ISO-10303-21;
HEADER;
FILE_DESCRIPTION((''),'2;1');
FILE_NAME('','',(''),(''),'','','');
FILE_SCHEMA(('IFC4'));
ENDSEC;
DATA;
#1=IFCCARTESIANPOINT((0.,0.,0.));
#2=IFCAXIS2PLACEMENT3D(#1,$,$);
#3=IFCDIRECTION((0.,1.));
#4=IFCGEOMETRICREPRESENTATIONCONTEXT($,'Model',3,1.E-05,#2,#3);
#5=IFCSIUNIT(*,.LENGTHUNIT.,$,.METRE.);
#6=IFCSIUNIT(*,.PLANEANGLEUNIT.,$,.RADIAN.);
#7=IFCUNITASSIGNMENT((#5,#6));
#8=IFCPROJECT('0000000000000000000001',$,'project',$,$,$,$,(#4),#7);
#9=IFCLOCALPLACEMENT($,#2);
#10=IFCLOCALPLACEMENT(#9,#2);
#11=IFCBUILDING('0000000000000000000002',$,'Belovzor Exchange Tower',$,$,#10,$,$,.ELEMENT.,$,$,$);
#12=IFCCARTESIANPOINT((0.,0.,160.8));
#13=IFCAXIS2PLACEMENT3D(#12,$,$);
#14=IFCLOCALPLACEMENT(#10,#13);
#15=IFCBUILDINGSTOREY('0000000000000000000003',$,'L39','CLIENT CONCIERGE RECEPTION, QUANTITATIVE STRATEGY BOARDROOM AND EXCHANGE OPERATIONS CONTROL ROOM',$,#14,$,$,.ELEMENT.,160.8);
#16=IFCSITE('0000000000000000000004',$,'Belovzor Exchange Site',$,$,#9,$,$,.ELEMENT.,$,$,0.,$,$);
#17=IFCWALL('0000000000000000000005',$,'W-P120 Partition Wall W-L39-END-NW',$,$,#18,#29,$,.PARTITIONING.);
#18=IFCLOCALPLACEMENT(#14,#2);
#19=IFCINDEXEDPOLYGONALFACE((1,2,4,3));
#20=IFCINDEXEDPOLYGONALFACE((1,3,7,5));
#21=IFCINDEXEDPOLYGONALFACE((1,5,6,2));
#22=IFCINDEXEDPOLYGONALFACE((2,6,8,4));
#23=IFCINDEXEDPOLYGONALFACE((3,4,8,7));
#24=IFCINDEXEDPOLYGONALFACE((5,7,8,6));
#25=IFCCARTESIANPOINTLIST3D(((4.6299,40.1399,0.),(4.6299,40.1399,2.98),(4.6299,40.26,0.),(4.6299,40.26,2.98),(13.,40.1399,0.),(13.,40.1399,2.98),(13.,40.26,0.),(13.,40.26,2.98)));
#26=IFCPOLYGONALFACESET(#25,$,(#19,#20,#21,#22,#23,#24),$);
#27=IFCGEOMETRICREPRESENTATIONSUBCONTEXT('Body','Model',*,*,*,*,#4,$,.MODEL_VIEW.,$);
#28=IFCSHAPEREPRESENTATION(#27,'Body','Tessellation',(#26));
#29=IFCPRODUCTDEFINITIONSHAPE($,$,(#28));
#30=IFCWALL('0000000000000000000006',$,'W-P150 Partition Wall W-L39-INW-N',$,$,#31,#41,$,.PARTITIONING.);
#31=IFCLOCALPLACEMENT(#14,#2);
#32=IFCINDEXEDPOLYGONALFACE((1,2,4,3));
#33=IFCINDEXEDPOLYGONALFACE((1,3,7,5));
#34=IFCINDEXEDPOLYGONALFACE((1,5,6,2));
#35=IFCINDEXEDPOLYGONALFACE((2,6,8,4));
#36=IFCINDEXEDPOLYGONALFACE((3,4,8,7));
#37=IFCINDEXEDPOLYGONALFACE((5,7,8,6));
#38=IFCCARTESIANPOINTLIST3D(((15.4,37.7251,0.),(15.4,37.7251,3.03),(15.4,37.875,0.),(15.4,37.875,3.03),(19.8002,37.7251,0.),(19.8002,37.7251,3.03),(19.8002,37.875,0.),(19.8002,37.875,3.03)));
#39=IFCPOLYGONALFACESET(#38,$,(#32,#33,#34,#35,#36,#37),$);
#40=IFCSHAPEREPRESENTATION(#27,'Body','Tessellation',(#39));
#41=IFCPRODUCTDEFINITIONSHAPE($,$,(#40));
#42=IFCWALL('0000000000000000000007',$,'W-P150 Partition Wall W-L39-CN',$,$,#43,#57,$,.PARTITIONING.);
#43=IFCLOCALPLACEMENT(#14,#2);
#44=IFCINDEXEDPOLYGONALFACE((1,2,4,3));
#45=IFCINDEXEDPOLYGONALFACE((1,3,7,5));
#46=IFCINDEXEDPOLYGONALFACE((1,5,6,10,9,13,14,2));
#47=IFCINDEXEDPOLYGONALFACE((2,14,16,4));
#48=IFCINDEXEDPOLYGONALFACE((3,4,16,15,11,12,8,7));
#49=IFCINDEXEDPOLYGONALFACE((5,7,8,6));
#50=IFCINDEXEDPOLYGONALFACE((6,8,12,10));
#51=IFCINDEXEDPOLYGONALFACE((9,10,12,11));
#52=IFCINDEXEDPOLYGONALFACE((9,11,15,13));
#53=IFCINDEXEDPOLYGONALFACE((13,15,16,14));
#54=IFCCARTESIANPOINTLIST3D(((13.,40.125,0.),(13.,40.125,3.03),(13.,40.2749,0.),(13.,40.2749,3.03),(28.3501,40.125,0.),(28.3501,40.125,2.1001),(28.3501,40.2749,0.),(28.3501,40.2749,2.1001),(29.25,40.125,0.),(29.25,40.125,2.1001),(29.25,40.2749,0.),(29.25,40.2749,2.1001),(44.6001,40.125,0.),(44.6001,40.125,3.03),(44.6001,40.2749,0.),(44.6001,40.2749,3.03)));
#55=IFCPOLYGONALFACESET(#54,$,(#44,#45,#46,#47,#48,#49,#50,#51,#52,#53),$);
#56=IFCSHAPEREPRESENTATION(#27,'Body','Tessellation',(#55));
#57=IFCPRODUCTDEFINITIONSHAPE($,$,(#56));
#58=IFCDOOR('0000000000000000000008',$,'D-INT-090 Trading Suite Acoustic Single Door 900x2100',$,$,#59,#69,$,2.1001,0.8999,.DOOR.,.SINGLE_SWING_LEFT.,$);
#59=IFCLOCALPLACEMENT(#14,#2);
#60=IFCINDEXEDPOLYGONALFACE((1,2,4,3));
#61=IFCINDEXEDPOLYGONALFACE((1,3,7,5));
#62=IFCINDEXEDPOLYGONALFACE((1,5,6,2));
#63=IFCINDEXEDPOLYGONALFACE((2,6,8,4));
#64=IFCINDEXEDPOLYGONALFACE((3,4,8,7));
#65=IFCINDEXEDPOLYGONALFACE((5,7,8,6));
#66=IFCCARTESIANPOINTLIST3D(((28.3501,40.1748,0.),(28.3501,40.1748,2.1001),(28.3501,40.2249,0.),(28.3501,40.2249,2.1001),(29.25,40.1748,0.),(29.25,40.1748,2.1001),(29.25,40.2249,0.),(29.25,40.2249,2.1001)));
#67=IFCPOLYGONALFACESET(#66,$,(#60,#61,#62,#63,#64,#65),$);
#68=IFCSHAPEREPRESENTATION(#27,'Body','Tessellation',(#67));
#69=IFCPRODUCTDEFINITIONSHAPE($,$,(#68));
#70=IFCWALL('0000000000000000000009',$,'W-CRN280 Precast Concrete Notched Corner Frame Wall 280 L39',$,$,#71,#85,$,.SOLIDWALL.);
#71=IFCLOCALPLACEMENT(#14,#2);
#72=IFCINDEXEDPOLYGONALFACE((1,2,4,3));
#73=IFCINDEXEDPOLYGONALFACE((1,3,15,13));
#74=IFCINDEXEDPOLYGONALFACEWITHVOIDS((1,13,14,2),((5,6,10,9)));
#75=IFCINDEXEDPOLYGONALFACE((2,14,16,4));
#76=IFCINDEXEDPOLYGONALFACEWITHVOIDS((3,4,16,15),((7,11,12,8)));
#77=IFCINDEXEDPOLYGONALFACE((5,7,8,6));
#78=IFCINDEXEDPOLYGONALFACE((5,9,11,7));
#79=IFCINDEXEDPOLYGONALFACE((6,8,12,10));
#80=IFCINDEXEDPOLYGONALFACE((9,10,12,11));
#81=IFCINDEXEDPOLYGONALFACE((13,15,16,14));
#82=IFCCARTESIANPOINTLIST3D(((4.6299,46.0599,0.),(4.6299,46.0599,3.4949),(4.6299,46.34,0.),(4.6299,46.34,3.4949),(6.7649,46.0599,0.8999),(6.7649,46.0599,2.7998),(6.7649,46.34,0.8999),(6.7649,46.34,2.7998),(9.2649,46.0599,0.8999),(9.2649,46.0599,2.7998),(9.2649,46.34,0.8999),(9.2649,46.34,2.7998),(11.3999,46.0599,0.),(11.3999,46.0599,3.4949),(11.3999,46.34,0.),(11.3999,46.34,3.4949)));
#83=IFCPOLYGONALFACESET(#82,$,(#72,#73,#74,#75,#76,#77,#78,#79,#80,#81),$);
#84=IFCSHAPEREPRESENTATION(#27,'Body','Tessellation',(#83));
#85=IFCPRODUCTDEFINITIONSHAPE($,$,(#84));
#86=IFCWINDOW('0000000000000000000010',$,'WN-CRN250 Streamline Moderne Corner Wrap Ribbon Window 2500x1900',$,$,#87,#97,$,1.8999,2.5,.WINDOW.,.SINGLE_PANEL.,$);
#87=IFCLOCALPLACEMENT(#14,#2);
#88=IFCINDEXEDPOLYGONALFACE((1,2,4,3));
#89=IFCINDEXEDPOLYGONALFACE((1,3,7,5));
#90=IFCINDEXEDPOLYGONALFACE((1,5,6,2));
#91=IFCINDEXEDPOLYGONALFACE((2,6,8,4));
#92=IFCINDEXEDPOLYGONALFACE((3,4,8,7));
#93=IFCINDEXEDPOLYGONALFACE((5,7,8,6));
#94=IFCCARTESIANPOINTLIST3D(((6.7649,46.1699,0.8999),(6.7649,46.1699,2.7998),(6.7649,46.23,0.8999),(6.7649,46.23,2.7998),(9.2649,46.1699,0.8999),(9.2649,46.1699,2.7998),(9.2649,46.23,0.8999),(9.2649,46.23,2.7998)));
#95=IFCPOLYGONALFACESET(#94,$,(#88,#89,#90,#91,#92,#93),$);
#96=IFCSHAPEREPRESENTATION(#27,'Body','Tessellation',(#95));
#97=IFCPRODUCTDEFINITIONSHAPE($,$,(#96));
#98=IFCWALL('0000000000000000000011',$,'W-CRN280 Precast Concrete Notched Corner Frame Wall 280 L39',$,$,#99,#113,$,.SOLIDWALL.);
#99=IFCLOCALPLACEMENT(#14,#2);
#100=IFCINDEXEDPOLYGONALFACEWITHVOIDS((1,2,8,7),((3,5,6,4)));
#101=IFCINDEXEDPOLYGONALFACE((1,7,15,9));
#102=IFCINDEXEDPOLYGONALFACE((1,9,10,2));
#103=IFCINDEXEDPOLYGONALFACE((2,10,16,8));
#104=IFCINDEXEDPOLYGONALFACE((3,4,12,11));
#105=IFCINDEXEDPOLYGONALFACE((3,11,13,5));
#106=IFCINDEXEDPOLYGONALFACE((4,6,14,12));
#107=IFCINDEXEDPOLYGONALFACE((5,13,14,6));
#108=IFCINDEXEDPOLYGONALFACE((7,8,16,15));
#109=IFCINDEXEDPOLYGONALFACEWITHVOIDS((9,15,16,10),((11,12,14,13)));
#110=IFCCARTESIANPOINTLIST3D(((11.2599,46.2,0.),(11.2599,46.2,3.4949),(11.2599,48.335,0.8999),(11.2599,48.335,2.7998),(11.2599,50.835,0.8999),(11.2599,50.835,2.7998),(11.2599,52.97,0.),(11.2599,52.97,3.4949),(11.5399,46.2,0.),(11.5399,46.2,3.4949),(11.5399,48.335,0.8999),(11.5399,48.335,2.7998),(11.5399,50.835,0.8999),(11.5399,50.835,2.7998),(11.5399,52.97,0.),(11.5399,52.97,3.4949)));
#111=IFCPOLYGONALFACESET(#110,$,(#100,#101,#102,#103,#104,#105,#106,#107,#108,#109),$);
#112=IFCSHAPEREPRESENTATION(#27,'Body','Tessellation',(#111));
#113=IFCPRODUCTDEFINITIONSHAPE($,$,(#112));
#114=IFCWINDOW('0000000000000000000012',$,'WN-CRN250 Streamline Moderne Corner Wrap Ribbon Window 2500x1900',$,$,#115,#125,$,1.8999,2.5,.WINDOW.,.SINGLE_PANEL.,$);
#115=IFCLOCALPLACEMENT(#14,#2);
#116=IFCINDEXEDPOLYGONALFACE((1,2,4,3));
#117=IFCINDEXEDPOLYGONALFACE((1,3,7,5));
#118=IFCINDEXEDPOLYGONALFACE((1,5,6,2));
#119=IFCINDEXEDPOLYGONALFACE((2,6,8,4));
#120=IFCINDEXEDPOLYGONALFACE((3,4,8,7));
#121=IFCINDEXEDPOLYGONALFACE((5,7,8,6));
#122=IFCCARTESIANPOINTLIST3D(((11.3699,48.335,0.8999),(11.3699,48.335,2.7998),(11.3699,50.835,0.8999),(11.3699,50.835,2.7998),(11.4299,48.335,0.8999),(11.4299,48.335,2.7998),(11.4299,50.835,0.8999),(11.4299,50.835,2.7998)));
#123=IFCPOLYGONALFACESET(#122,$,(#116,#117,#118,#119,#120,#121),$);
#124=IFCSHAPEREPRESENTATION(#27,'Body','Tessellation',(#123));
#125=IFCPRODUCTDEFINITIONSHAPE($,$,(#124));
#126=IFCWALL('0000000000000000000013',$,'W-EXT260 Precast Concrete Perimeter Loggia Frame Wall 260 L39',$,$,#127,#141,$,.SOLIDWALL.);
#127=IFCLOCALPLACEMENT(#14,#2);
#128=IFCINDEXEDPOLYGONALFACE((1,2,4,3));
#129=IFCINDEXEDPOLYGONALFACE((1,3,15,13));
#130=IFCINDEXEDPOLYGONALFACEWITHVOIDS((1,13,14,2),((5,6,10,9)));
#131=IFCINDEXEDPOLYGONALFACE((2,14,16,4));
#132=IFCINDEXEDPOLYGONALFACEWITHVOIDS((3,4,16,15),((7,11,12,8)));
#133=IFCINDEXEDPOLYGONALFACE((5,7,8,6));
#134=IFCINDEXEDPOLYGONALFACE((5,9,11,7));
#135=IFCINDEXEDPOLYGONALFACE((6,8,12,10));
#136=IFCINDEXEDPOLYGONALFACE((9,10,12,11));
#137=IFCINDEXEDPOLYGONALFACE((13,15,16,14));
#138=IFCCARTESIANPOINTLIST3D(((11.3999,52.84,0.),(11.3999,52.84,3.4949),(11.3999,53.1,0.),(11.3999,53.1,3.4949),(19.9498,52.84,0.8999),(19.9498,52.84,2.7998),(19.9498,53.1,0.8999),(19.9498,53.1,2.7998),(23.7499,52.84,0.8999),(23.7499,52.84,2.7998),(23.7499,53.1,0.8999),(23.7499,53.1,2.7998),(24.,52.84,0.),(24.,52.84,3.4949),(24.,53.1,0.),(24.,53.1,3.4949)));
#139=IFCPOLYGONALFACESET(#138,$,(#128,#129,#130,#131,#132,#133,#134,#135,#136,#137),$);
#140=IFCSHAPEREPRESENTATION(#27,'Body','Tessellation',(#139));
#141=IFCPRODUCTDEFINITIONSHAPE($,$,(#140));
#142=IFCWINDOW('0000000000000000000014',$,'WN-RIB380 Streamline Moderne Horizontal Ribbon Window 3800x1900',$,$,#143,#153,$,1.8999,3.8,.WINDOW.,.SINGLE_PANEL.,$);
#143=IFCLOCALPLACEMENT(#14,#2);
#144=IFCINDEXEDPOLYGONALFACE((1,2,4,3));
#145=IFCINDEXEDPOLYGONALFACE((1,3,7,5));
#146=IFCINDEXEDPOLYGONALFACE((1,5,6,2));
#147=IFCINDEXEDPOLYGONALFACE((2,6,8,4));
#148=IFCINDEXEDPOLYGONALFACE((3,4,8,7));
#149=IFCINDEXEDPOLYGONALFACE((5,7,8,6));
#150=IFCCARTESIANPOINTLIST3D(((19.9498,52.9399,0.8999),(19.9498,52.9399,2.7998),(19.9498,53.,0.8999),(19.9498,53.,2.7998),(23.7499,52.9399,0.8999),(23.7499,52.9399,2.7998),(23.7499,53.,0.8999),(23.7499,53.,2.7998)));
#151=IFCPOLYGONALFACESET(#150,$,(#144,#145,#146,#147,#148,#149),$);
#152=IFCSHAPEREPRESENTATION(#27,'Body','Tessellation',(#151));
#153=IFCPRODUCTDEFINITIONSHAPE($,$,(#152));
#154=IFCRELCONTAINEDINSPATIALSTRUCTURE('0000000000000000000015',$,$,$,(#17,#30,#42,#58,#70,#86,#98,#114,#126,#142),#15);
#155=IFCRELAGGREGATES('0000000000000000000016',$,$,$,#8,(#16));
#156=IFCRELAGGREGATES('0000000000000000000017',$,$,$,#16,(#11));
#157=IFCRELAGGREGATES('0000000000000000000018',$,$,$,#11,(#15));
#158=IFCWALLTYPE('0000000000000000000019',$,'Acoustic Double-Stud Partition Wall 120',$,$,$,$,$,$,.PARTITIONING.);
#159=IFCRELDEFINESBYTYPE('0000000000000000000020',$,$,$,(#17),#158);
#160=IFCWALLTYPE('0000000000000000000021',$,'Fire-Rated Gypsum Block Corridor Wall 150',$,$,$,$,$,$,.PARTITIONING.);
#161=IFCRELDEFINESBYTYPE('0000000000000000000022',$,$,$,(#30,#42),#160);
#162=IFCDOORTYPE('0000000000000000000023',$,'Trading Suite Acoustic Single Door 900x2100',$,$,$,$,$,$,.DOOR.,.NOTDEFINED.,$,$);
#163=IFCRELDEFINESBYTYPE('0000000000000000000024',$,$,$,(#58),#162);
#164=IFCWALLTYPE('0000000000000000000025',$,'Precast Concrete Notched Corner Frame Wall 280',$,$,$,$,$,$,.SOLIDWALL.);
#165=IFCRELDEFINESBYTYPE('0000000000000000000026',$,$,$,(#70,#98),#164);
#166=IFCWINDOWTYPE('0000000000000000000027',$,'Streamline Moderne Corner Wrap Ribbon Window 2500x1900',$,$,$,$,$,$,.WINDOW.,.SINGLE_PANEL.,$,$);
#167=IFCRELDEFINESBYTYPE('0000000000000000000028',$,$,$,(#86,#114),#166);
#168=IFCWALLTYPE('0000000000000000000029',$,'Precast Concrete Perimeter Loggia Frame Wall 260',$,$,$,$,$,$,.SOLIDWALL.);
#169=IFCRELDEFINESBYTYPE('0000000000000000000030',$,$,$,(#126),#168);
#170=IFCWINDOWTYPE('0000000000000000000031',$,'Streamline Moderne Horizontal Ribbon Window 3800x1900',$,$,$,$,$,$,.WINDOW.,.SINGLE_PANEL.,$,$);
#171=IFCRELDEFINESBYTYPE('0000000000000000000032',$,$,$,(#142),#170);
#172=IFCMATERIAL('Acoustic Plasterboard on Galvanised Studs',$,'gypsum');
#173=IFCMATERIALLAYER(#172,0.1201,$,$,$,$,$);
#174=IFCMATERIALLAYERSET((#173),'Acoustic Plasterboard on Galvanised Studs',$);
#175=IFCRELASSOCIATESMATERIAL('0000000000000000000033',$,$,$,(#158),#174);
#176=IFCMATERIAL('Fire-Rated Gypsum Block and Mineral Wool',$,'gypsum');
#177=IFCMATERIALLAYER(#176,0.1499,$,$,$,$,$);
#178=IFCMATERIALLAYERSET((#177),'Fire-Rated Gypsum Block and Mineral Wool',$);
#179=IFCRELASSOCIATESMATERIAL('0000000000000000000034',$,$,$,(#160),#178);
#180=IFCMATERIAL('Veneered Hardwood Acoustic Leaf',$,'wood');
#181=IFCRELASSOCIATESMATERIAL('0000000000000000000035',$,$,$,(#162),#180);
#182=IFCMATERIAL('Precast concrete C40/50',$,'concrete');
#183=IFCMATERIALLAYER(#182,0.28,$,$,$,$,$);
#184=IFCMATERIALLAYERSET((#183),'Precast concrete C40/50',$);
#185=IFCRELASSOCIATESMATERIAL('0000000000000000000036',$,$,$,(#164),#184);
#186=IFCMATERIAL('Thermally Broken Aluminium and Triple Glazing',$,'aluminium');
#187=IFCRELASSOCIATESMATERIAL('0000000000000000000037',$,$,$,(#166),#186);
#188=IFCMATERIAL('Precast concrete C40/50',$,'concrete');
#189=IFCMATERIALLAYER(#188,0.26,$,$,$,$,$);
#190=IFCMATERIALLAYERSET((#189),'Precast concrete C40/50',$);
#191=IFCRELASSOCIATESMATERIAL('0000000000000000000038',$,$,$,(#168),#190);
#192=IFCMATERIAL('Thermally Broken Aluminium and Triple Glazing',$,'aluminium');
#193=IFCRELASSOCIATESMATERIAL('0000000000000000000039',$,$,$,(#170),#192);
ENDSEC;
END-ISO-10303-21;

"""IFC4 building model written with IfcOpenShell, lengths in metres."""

from ifc_helpers import new_model, si_unit, direction, frame, frame_2d, origin, place, context, subcontext, project, spatial, rectangle, extrude, material, layer, layer_set, type_object, element, fill, save


model = new_model("IFC4")

# Units and contexts
model_context = context("Model", 3, precision=1e-05, world=origin(), true_north=direction((0.0, 1.0)))
body_context = subcontext(model_context, "Body", "Model", "MODEL_VIEW")
ifc_project = project(units=[si_unit("LENGTHUNIT", "METRE"), si_unit("PLANEANGLEUNIT", "RADIAN")], contexts=[model_context])

# Site, building, storey
site_placement = place(None, origin())
site = spatial("IfcSite", under=ifc_project, at=site_placement, Name="Belovzor Exchange Site", CompositionType="ELEMENT", RefElevation=0.0)
building_placement = place(site_placement, origin())
building = spatial("IfcBuilding", under=site, at=building_placement, Name="Belovzor Exchange Tower", CompositionType="ELEMENT")
storey_placement = place(building_placement, frame((0.0, 0.0, 160.8)))
storey = spatial("IfcBuildingStorey", under=building, at=storey_placement, Name="L39", Description="CLIENT CONCIERGE RECEPTION, QUANTITATIVE STRATEGY BOARDROOM AND EXCHANGE OPERATIONS CONTROL ROOM", CompositionType="ELEMENT", Elevation=160.8)

# Walls
ifc_material_1 = material(Name="Acoustic Plasterboard on Galvanised Studs", Category="gypsum")
ifc_layer_1 = layer(ifc_material_1, 0.1201)
ifc_layer_set_1 = layer_set([ifc_layer_1], Name="Acoustic Plasterboard on Galvanised Studs")
wall_type_1 = type_object("IfcWallType", Name="Acoustic Double-Stud Partition Wall 120", PredefinedType="PARTITIONING", material=ifc_layer_set_1)
wall_1_placement = place(storey_placement, frame((4.6299, 40.2, 0.0), z_axis=(0.0, 0.0, 1.0), x_axis=(1.0, 0.0, 0.0)))
element("IfcWall", 1, at=wall_1_placement, inside=storey, type_object=wall_type_1, Name="W-P120 Partition Wall W-L39-END-NW", PredefinedType="PARTITIONING", context=body_context, shape_type="SweptSolid", body=[
    extrude(rectangle(XDim=8.3701, YDim=0.1201, at=frame_2d((4.1851, 0.0))), origin(), (0.0, 0.0, 1.0), 2.98),
])
ifc_material_2 = material(Name="Fire-Rated Gypsum Block and Mineral Wool", Category="gypsum")
ifc_layer_2 = layer(ifc_material_2, 0.1499)
ifc_layer_set_2 = layer_set([ifc_layer_2], Name="Fire-Rated Gypsum Block and Mineral Wool")
wall_type_2 = type_object("IfcWallType", Name="Fire-Rated Gypsum Block Corridor Wall 150", PredefinedType="PARTITIONING", material=ifc_layer_set_2)
wall_2_placement = place(storey_placement, frame((15.3999, 37.8, 0.0), z_axis=(0.0, 0.0, 1.0), x_axis=(1.0, 0.0, 0.0)))
element("IfcWall", 2, at=wall_2_placement, inside=storey, type_object=wall_type_2, Name="W-P150 Partition Wall W-L39-INW-N", PredefinedType="PARTITIONING", context=body_context, shape_type="SweptSolid", body=[
    extrude(rectangle(XDim=4.4001, YDim=0.1499, at=frame_2d((2.2002, 0.0))), origin(), (0.0, 0.0, 1.0), 3.03),
])

# Wall, opening, door
wall_3_placement = place(storey_placement, frame((13.0, 40.2, 0.0), z_axis=(0.0, 0.0, 1.0), x_axis=(1.0, 0.0, 0.0)))
wall_3 = element("IfcWall", 3, at=wall_3_placement, inside=storey, type_object=wall_type_2, Name="W-P150 Partition Wall W-L39-CN", PredefinedType="PARTITIONING", context=body_context, shape_type="SweptSolid", body=[
    extrude(rectangle(XDim=31.6001, YDim=0.1499, at=frame_2d((15.8, 0.0))), origin(), (0.0, 0.0, 1.0), 3.03),
])
opening_1_placement = place(wall_3_placement, frame((15.3501, 0.0, 0.0)))
opening_1 = element("IfcOpeningElement", 4, at=opening_1_placement, cuts=wall_3, PredefinedType="OPENING", context=body_context, shape_type="SweptSolid", body=[
    extrude(rectangle(XDim=0.8999, YDim=2.1001, at=frame_2d((0.45, 1.05))), frame((0.0, 0.085, 0.0), z_axis=(0.0, -1.0, 0.0), x_axis=(1.0, 0.0, 0.0)), (0.0, 0.0, 1.0), 0.1699),
])
ifc_material_3 = material(Name="Veneered Hardwood Acoustic Leaf", Category="wood")
door_type = type_object("IfcDoorType", Name="Trading Suite Acoustic Single Door 900x2100", OperationType="NOTDEFINED", PredefinedType="DOOR", material=ifc_material_3)
door_placement = place(opening_1_placement, origin())
door = element("IfcDoor", 5, at=door_placement, inside=storey, type_object=door_type, Name="D-INT-090 Trading Suite Acoustic Single Door 900x2100", OperationType="SINGLE_SWING_LEFT", OverallHeight=2.1001, OverallWidth=0.8999, PredefinedType="DOOR", context=body_context, shape_type="SweptSolid", body=[
    extrude(rectangle(XDim=0.8999, YDim=2.1001, at=frame_2d((0.45, 1.05))), frame((0.0, 0.0249, 0.0), z_axis=(0.0, -1.0, 0.0), x_axis=(1.0, 0.0, 0.0)), (0.0, 0.0, 1.0), 0.05),
])
fill(opening_1, door)

# Walls, openings, windows
ifc_material_4 = material(Name="Precast concrete C40/50", Category="concrete")
ifc_layer_3 = layer(ifc_material_4, 0.28)
ifc_layer_set_3 = layer_set([ifc_layer_3], Name="Precast concrete C40/50")
wall_type_3 = type_object("IfcWallType", Name="Precast Concrete Notched Corner Frame Wall 280", PredefinedType="SOLIDWALL", material=ifc_layer_set_3)
wall_4_placement = place(storey_placement, frame((4.6299, 46.2, 0.0), z_axis=(0.0, 0.0, 1.0), x_axis=(1.0, 0.0, 0.0)))
wall_4 = element("IfcWall", 6, at=wall_4_placement, inside=storey, type_object=wall_type_3, Name="W-CRN280 Precast Concrete Notched Corner Frame Wall 280 L39", PredefinedType="SOLIDWALL", context=body_context, shape_type="SweptSolid", body=[
    extrude(rectangle(XDim=6.77, YDim=0.28, at=frame_2d((3.385, 0.0))), origin(), (0.0, 0.0, 1.0), 3.4949),
])
opening_2_placement = place(wall_4_placement, frame((2.135, 0.0, 0.8999)))
opening_2 = element("IfcOpeningElement", 7, at=opening_2_placement, cuts=wall_4, PredefinedType="OPENING", context=body_context, shape_type="SweptSolid", body=[
    extrude(rectangle(XDim=2.5, YDim=1.8999, at=frame_2d((1.25, 0.95))), frame((0.0, 0.1499, 0.0), z_axis=(0.0, -1.0, 0.0), x_axis=(1.0, 0.0, 0.0)), (0.0, 0.0, 1.0), 0.3),
])
ifc_material_5 = material(Name="Thermally Broken Aluminium and Triple Glazing", Category="aluminium")
window_type_1 = type_object("IfcWindowType", Name="Streamline Moderne Corner Wrap Ribbon Window 2500x1900", PartitioningType="SINGLE_PANEL", PredefinedType="WINDOW", material=ifc_material_5)
window_1_placement = place(opening_2_placement, origin())
window_1 = element("IfcWindow", 8, at=window_1_placement, inside=storey, type_object=window_type_1, Name="WN-CRN250 Streamline Moderne Corner Wrap Ribbon Window 2500x1900", OverallHeight=1.8999, OverallWidth=2.5, PartitioningType="SINGLE_PANEL", PredefinedType="WINDOW", context=body_context, shape_type="SweptSolid", body=[
    extrude(rectangle(XDim=2.5, YDim=1.8999, at=frame_2d((1.25, 0.95))), frame((0.0, 0.03, 0.0), z_axis=(0.0, -1.0, 0.0), x_axis=(1.0, 0.0, 0.0)), (0.0, 0.0, 1.0), 0.0601),
])
fill(opening_2, window_1)
wall_5_placement = place(storey_placement, frame((11.3999, 46.2, 0.0), z_axis=(0.0, 0.0, 1.0), x_axis=(0.0, 1.0, 0.0)))
wall_5 = element("IfcWall", 9, at=wall_5_placement, inside=storey, type_object=wall_type_3, Name="W-CRN280 Precast Concrete Notched Corner Frame Wall 280 L39", PredefinedType="SOLIDWALL", context=body_context, shape_type="SweptSolid", body=[
    extrude(rectangle(XDim=6.77, YDim=0.28, at=frame_2d((3.385, 0.0))), origin(), (0.0, 0.0, 1.0), 3.4949),
])
opening_3_placement = place(wall_5_placement, frame((2.135, 0.0, 0.8999)))
opening_3 = element("IfcOpeningElement", 10, at=opening_3_placement, cuts=wall_5, PredefinedType="OPENING", context=body_context, shape_type="SweptSolid", body=[
    extrude(rectangle(XDim=2.5, YDim=1.8999, at=frame_2d((1.25, 0.95))), frame((0.0, 0.1499, 0.0), z_axis=(0.0, -1.0, 0.0), x_axis=(1.0, 0.0, 0.0)), (0.0, 0.0, 1.0), 0.3),
])
window_2_placement = place(opening_3_placement, origin())
window_2 = element("IfcWindow", 11, at=window_2_placement, inside=storey, type_object=window_type_1, Name="WN-CRN250 Streamline Moderne Corner Wrap Ribbon Window 2500x1900", OverallHeight=1.8999, OverallWidth=2.5, PartitioningType="SINGLE_PANEL", PredefinedType="WINDOW", context=body_context, shape_type="SweptSolid", body=[
    extrude(rectangle(XDim=2.5, YDim=1.8999, at=frame_2d((1.25, 0.95))), frame((0.0, 0.03, 0.0), z_axis=(0.0, -1.0, 0.0), x_axis=(1.0, 0.0, 0.0)), (0.0, 0.0, 1.0), 0.0601),
])
fill(opening_3, window_2)
ifc_material_6 = material(Name="Precast concrete C40/50", Category="concrete")
ifc_layer_4 = layer(ifc_material_6, 0.26)
ifc_layer_set_4 = layer_set([ifc_layer_4], Name="Precast concrete C40/50")
wall_type_4 = type_object("IfcWallType", Name="Precast Concrete Perimeter Loggia Frame Wall 260", PredefinedType="SOLIDWALL", material=ifc_layer_set_4)
wall_6_placement = place(storey_placement, frame((11.3999, 52.97, 0.0), z_axis=(0.0, 0.0, 1.0), x_axis=(1.0, 0.0, 0.0)))
wall_6 = element("IfcWall", 12, at=wall_6_placement, inside=storey, type_object=wall_type_4, Name="W-EXT260 Precast Concrete Perimeter Loggia Frame Wall 260 L39", PredefinedType="SOLIDWALL", context=body_context, shape_type="SweptSolid", body=[
    extrude(rectangle(XDim=12.6001, YDim=0.26, at=frame_2d((6.3, 0.0))), origin(), (0.0, 0.0, 1.0), 3.4949),
])
opening_4_placement = place(wall_6_placement, frame((8.55, 0.0, 0.8999)))
opening_4 = element("IfcOpeningElement", 13, at=opening_4_placement, cuts=wall_6, PredefinedType="OPENING", context=body_context, shape_type="SweptSolid", body=[
    extrude(rectangle(XDim=3.8, YDim=1.8999, at=frame_2d((1.8999, 0.95))), frame((0.0, 0.1399, 0.0), z_axis=(0.0, -1.0, 0.0), x_axis=(1.0, 0.0, 0.0)), (0.0, 0.0, 1.0), 0.28),
])
ifc_material_7 = material(Name="Thermally Broken Aluminium and Triple Glazing", Category="aluminium")
window_type_2 = type_object("IfcWindowType", Name="Streamline Moderne Horizontal Ribbon Window 3800x1900", PartitioningType="SINGLE_PANEL", PredefinedType="WINDOW", material=ifc_material_7)
window_3_placement = place(opening_4_placement, origin())
window_3 = element("IfcWindow", 14, at=window_3_placement, inside=storey, type_object=window_type_2, Name="WN-RIB380 Streamline Moderne Horizontal Ribbon Window 3800x1900", OverallHeight=1.8999, OverallWidth=3.8, PartitioningType="SINGLE_PANEL", PredefinedType="WINDOW", context=body_context, shape_type="SweptSolid", body=[
    extrude(rectangle(XDim=3.8, YDim=1.8999, at=frame_2d((1.8999, 0.95))), frame((0.0, 0.03, 0.0), z_axis=(0.0, -1.0, 0.0), x_axis=(1.0, 0.0, 0.0)), (0.0, 0.0, 1.0), 0.0601),
])
fill(opening_4, window_3)

save(model, "model.ifc")
